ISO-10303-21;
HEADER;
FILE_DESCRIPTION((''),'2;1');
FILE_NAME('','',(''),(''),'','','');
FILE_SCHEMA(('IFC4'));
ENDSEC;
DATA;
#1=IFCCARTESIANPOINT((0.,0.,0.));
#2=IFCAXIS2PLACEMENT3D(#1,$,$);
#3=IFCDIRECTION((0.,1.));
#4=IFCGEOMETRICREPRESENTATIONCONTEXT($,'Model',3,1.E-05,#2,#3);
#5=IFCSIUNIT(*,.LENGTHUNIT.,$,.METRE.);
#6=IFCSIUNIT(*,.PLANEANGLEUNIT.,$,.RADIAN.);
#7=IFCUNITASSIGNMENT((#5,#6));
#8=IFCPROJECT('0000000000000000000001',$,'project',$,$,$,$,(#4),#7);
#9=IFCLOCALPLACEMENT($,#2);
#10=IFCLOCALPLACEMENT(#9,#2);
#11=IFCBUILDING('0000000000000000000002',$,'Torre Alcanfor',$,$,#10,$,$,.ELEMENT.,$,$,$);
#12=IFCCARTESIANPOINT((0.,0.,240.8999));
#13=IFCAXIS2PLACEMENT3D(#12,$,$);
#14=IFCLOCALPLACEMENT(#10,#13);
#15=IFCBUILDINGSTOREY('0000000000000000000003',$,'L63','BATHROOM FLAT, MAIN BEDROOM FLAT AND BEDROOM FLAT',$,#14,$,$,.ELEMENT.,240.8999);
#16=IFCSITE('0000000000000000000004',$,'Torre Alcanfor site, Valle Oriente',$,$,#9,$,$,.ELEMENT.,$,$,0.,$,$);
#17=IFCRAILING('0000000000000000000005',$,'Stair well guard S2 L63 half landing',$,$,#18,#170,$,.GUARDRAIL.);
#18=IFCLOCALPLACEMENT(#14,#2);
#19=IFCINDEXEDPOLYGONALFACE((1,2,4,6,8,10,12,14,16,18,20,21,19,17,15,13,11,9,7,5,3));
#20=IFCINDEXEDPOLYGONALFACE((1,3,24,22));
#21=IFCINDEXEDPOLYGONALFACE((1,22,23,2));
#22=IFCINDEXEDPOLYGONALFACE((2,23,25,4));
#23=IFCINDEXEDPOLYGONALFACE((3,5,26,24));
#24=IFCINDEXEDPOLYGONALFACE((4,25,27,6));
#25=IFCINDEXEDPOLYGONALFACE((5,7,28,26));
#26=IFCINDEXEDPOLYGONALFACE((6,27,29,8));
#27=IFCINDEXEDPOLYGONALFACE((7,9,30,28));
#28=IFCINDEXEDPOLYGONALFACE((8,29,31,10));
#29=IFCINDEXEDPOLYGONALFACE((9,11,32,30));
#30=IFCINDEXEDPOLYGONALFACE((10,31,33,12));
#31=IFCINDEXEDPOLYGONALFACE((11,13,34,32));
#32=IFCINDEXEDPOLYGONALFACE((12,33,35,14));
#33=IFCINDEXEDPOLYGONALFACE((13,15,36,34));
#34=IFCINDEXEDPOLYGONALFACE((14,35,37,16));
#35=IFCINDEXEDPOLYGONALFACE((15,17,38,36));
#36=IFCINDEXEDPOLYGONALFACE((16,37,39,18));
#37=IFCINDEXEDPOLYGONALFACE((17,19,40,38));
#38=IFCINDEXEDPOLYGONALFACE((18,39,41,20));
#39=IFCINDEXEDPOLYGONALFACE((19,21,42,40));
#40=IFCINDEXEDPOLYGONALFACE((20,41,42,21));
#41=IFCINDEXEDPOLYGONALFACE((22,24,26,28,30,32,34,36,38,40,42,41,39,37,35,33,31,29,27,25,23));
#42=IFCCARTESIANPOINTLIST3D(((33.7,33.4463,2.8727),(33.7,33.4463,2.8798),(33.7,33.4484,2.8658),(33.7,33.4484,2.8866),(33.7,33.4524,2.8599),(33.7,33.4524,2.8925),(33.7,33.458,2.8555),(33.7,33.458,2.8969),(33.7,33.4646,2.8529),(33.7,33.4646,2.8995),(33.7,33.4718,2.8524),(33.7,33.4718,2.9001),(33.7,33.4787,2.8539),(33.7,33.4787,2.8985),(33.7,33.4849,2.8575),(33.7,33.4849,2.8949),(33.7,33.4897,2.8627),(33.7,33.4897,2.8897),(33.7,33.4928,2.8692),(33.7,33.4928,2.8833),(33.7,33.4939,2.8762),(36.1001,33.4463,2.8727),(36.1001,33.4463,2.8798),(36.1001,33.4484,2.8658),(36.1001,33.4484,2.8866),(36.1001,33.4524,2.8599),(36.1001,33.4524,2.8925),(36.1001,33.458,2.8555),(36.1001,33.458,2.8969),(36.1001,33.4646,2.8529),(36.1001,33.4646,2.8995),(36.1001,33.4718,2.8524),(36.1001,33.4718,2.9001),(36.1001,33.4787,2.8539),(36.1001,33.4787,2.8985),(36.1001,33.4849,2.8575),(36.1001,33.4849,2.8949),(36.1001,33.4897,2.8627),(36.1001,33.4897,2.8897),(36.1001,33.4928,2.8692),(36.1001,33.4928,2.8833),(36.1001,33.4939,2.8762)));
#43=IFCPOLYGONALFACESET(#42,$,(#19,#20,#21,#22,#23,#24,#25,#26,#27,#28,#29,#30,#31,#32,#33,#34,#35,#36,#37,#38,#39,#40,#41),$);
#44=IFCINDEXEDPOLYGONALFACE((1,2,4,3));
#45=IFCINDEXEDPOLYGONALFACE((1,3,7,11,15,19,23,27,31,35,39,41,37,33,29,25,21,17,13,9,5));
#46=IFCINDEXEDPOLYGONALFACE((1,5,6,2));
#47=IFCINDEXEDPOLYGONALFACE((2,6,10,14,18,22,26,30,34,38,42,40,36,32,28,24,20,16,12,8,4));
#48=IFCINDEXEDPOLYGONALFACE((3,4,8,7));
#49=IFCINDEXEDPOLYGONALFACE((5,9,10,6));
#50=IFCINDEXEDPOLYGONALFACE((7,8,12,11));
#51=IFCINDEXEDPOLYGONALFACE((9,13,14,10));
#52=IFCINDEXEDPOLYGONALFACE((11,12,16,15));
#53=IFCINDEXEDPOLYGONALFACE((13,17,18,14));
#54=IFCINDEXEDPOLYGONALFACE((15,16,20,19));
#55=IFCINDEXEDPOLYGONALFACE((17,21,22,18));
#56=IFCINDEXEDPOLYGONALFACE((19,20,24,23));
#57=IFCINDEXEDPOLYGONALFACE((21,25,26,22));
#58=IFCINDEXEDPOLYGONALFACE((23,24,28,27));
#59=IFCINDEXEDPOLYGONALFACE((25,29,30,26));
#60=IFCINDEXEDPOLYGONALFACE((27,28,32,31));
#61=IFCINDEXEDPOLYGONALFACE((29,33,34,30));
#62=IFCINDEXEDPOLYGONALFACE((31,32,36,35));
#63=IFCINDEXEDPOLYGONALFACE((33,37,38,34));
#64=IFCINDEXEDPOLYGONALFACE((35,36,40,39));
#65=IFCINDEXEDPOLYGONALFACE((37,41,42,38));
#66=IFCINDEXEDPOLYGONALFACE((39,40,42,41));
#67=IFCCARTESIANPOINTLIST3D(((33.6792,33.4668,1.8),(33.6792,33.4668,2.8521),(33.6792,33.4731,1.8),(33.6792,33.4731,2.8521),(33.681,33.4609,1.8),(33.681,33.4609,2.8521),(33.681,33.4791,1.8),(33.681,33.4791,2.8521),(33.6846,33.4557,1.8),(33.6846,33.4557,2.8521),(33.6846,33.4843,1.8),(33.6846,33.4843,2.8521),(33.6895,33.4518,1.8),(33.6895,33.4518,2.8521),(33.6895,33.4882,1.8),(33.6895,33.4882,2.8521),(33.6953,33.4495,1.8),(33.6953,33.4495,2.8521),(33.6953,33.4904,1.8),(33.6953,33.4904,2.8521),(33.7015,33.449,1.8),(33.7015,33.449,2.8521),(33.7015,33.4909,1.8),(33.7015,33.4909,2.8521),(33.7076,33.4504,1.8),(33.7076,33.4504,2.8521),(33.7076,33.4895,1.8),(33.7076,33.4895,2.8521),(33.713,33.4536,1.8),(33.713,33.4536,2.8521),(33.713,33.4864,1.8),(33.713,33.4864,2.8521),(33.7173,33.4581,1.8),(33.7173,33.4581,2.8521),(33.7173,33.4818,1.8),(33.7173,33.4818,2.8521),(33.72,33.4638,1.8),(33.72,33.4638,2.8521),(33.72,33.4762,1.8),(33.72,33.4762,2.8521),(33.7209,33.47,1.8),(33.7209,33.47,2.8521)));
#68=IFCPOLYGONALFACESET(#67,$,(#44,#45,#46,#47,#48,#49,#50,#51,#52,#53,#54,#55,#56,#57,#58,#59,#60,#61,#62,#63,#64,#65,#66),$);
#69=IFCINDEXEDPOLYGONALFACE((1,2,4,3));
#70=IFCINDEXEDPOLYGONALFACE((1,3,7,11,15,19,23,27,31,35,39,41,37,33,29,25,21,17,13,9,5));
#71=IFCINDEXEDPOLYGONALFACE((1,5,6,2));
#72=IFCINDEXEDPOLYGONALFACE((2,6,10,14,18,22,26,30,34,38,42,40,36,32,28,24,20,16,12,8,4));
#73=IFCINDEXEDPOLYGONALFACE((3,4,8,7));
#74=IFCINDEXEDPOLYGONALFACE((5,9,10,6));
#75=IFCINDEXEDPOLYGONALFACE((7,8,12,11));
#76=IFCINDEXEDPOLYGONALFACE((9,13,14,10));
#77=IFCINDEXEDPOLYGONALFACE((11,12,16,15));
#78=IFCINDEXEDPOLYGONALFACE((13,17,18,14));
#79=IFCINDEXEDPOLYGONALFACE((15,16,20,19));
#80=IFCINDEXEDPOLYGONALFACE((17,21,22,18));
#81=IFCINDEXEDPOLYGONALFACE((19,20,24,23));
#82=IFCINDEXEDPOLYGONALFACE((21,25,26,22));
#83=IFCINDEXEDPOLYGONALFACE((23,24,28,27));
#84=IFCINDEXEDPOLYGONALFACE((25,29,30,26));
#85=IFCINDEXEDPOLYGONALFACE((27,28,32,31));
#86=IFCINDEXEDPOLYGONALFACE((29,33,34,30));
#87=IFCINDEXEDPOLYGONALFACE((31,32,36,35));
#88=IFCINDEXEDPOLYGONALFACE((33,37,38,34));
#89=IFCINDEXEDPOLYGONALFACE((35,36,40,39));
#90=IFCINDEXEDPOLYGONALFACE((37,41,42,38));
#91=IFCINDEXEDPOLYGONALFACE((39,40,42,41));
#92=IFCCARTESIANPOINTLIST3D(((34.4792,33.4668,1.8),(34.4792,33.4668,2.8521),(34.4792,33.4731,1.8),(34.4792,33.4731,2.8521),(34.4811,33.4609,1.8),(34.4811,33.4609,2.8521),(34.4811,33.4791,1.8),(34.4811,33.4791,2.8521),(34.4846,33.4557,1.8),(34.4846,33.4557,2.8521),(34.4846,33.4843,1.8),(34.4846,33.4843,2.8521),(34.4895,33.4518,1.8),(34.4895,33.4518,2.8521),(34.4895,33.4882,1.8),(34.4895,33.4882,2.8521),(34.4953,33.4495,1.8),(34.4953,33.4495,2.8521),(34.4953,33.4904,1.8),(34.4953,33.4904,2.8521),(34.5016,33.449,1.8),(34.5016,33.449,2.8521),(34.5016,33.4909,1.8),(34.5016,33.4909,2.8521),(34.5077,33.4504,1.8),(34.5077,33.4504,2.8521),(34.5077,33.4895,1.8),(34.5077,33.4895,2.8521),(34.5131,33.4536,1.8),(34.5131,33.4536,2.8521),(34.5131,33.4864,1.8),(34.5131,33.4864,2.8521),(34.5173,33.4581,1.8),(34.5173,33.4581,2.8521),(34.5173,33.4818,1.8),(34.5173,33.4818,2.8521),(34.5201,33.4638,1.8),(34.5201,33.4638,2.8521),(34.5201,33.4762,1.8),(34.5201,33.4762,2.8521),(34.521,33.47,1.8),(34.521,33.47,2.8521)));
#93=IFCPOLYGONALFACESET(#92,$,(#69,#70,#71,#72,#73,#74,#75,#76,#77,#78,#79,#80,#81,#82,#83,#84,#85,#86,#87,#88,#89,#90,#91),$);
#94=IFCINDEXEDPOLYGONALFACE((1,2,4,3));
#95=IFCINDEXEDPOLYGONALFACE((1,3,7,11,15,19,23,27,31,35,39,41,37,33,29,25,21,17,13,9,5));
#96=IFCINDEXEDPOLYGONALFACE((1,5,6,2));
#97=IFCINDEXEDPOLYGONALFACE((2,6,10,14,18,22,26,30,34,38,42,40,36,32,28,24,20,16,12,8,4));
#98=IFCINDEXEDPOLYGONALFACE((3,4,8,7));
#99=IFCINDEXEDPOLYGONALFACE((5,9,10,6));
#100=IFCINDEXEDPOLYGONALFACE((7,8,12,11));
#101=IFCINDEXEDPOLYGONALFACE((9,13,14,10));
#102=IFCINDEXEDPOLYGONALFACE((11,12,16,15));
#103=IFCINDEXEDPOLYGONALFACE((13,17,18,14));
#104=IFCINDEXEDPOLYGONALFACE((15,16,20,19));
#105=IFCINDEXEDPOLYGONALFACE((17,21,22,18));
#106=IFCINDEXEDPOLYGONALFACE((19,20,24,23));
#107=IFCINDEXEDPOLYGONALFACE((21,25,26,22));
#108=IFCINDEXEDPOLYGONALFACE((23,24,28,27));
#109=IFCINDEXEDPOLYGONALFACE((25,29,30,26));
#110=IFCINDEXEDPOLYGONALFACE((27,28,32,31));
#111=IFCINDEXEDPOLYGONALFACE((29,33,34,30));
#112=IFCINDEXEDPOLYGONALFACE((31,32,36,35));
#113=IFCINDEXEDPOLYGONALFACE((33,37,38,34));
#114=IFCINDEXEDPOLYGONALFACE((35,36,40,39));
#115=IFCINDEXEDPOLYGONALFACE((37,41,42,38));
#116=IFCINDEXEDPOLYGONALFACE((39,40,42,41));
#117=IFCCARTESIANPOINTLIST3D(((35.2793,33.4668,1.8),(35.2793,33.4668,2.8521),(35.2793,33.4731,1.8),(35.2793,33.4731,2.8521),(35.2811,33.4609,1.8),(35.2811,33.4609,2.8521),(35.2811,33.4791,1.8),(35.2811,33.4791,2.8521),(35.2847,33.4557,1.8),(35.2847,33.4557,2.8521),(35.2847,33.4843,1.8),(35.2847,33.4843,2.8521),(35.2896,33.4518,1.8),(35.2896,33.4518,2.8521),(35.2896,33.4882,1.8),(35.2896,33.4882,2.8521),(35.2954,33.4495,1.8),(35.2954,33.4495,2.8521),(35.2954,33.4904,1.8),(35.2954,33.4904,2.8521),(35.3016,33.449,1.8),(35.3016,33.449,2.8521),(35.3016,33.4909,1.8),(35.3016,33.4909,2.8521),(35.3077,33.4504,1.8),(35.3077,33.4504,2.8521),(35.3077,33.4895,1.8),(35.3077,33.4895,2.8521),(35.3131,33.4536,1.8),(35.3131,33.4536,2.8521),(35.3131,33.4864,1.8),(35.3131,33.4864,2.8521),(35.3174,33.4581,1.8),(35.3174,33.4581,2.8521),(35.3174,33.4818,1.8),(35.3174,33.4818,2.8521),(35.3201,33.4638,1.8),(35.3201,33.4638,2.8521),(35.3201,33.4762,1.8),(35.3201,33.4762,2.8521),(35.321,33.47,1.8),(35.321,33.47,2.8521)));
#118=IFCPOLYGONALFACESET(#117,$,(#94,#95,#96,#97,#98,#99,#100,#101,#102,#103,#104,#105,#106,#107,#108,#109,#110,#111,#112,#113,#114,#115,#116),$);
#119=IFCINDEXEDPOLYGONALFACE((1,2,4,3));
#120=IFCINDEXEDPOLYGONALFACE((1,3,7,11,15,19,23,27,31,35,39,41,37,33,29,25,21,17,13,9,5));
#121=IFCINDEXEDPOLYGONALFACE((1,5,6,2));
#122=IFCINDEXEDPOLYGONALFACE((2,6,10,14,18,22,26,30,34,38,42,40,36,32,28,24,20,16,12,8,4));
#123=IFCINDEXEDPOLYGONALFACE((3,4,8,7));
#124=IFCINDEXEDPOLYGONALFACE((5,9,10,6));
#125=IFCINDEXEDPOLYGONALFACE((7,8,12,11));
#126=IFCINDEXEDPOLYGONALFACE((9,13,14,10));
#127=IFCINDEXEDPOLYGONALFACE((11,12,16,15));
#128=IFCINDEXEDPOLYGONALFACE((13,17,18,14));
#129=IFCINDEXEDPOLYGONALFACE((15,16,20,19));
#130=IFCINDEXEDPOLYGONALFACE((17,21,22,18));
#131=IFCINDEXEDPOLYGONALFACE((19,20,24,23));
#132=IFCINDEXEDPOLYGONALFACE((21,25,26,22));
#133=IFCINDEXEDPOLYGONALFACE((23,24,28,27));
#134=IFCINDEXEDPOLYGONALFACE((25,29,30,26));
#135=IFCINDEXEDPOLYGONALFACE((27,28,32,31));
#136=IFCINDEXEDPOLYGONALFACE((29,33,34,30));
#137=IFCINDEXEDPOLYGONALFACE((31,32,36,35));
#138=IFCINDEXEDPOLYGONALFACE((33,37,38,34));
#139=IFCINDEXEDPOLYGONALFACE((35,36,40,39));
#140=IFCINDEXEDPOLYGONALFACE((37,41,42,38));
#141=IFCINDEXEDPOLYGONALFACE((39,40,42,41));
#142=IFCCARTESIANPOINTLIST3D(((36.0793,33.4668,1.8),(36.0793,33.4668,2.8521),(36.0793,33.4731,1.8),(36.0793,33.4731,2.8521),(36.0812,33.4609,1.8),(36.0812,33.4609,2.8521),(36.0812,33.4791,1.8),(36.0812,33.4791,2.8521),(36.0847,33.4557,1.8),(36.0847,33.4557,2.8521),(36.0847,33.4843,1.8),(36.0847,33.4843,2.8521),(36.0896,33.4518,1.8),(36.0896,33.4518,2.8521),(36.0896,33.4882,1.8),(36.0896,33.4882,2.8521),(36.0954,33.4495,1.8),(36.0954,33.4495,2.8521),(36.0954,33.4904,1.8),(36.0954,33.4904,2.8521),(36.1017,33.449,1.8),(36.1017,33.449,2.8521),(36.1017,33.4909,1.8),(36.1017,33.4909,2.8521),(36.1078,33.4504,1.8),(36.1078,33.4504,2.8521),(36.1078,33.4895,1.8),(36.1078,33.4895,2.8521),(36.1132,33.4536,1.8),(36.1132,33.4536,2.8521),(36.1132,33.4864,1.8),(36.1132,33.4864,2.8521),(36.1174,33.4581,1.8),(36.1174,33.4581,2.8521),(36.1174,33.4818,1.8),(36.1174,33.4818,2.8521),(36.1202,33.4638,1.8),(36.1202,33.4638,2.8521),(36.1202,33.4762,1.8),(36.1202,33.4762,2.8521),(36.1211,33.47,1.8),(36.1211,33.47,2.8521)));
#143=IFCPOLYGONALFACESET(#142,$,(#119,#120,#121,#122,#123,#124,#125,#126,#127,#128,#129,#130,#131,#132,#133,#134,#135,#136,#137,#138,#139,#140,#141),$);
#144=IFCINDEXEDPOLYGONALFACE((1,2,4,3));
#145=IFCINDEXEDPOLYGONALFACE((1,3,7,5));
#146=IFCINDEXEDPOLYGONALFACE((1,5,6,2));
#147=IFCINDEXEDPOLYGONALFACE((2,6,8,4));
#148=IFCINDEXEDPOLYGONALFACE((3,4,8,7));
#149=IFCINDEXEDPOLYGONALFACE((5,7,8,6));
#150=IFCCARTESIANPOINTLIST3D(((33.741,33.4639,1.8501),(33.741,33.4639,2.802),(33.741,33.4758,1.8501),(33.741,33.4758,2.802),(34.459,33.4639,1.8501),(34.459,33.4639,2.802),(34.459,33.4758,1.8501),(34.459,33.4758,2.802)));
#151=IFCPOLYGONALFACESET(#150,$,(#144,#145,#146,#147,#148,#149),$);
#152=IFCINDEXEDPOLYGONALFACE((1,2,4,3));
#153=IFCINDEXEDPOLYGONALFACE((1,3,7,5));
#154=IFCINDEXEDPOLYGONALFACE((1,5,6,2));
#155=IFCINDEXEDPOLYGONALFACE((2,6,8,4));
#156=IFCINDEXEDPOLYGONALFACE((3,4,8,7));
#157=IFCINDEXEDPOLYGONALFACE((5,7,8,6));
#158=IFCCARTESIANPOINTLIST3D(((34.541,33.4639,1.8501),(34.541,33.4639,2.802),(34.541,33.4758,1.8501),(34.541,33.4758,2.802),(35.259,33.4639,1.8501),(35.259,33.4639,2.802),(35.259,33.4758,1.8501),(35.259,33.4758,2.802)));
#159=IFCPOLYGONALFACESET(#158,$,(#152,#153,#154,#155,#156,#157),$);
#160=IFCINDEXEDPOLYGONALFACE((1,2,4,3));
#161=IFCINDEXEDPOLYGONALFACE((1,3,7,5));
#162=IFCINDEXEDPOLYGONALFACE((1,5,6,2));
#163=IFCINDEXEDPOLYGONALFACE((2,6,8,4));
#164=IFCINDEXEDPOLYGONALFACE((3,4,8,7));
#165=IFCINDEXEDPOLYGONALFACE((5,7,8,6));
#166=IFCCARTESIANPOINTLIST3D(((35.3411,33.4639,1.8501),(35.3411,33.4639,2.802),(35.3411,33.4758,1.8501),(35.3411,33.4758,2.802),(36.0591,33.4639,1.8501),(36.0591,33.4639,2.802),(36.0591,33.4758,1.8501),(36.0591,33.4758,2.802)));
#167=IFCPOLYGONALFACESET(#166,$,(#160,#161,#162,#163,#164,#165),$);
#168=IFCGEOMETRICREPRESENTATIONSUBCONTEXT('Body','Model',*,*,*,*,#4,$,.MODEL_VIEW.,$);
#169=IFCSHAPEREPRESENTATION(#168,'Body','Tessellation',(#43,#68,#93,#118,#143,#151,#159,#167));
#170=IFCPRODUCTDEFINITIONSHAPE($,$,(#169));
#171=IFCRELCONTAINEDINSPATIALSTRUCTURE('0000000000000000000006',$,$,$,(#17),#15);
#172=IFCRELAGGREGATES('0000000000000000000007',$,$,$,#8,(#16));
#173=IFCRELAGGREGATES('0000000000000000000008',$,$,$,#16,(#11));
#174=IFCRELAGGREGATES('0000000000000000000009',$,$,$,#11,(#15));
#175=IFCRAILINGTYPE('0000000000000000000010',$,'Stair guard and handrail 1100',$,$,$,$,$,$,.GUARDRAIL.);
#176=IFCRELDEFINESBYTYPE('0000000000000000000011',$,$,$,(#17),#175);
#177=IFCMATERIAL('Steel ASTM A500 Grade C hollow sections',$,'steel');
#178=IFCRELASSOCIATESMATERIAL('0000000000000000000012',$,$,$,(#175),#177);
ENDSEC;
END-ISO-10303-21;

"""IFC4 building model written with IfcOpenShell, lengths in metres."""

from ifc_helpers import new_model, si_unit, direction, frame, origin, origin_2d, place, context, subcontext, project, spatial, polyline, circle, outline, extrude, material, type_object, element, save


model = new_model("IFC4")

# Units and contexts
model_context = context("Model", 3, precision=1e-05, world=origin(), true_north=direction((0.0, 1.0)))
body_context = subcontext(model_context, "Body", "Model", "MODEL_VIEW")
ifc_project = project(units=[si_unit("LENGTHUNIT", "METRE"), si_unit("PLANEANGLEUNIT", "RADIAN")], contexts=[model_context])

# Site, building, storey
site_placement = place(None, origin())
site = spatial("IfcSite", under=ifc_project, at=site_placement, Name="Torre Alcanfor site, Valle Oriente", CompositionType="ELEMENT", RefElevation=0.0)
building_placement = place(site_placement, origin())
building = spatial("IfcBuilding", under=site, at=building_placement, Name="Torre Alcanfor", CompositionType="ELEMENT")
storey_placement = place(building_placement, frame((0.0, 0.0, 240.8999)))
storey = spatial("IfcBuildingStorey", under=building, at=storey_placement, Name="L63", Description="BATHROOM FLAT, MAIN BEDROOM FLAT AND BEDROOM FLAT", CompositionType="ELEMENT", Elevation=240.8999)

# Railing
ifc_material_1 = material(Name="Steel ASTM A500 Grade C hollow sections", Category="steel")
railing_type_1 = type_object("IfcRailingType", Name="Stair guard and handrail 1100", PredefinedType="GUARDRAIL", material=ifc_material_1)
for number, where, name in (
    (1, (33.7, 33.47, 1.8), "Stair well guard S2 L63 half landing"),
):
    element("IfcRailing", number, at=place(storey_placement, frame(where)), inside=storey, type_object=railing_type_1, Name=name, PredefinedType="GUARDRAIL", context=body_context, shape_type="SweptSolid", body=[
        extrude(circle(Radius=0.0239, at=origin_2d()), frame((0.0, 0.0, 1.0762), z_axis=(1.0, 0.0, 0.0), x_axis=(0.0, 1.0, 0.0)), (0.0, 0.0, 1.0), 2.4001),
        extrude(circle(Radius=0.021, at=origin_2d()), origin(), (0.0, 0.0, 1.0), 1.052),
        extrude(circle(Radius=0.021, at=origin_2d()), frame((0.8, 0.0, 0.0)), (0.0, 0.0, 1.0), 1.052),
        extrude(circle(Radius=0.021, at=origin_2d()), frame((1.6001, 0.0, 0.0)), (0.0, 0.0, 1.0), 1.052),
        extrude(circle(Radius=0.021, at=origin_2d()), frame((2.4001, 0.0, 0.0)), (0.0, 0.0, 1.0), 1.052),
        extrude(outline(polyline([(0.041, 0.05), (0.759, 0.05), (0.759, 1.002), (0.041, 1.002), (0.041, 0.05)])), frame((0.0, 0.0059, 0.0), z_axis=(0.0, -1.0, 0.0), x_axis=(1.0, 0.0, 0.0)), (0.0, 0.0, 1.0), 0.012),
        extrude(outline(polyline([(0.8411, 0.05), (1.5591, 0.05), (1.5591, 1.002), (0.8411, 1.002), (0.8411, 0.05)])), frame((0.0, 0.0059, 0.0), z_axis=(0.0, -1.0, 0.0), x_axis=(1.0, 0.0, 0.0)), (0.0, 0.0, 1.0), 0.012),
        extrude(outline(polyline([(1.6411, 0.05), (2.3591, 0.05), (2.3591, 1.002), (1.6411, 1.002), (1.6411, 0.05)])), frame((0.0, 0.0059, 0.0), z_axis=(0.0, -1.0, 0.0), x_axis=(1.0, 0.0, 0.0)), (0.0, 0.0, 1.0), 0.012),
    ])

save(model, "model.ifc")
